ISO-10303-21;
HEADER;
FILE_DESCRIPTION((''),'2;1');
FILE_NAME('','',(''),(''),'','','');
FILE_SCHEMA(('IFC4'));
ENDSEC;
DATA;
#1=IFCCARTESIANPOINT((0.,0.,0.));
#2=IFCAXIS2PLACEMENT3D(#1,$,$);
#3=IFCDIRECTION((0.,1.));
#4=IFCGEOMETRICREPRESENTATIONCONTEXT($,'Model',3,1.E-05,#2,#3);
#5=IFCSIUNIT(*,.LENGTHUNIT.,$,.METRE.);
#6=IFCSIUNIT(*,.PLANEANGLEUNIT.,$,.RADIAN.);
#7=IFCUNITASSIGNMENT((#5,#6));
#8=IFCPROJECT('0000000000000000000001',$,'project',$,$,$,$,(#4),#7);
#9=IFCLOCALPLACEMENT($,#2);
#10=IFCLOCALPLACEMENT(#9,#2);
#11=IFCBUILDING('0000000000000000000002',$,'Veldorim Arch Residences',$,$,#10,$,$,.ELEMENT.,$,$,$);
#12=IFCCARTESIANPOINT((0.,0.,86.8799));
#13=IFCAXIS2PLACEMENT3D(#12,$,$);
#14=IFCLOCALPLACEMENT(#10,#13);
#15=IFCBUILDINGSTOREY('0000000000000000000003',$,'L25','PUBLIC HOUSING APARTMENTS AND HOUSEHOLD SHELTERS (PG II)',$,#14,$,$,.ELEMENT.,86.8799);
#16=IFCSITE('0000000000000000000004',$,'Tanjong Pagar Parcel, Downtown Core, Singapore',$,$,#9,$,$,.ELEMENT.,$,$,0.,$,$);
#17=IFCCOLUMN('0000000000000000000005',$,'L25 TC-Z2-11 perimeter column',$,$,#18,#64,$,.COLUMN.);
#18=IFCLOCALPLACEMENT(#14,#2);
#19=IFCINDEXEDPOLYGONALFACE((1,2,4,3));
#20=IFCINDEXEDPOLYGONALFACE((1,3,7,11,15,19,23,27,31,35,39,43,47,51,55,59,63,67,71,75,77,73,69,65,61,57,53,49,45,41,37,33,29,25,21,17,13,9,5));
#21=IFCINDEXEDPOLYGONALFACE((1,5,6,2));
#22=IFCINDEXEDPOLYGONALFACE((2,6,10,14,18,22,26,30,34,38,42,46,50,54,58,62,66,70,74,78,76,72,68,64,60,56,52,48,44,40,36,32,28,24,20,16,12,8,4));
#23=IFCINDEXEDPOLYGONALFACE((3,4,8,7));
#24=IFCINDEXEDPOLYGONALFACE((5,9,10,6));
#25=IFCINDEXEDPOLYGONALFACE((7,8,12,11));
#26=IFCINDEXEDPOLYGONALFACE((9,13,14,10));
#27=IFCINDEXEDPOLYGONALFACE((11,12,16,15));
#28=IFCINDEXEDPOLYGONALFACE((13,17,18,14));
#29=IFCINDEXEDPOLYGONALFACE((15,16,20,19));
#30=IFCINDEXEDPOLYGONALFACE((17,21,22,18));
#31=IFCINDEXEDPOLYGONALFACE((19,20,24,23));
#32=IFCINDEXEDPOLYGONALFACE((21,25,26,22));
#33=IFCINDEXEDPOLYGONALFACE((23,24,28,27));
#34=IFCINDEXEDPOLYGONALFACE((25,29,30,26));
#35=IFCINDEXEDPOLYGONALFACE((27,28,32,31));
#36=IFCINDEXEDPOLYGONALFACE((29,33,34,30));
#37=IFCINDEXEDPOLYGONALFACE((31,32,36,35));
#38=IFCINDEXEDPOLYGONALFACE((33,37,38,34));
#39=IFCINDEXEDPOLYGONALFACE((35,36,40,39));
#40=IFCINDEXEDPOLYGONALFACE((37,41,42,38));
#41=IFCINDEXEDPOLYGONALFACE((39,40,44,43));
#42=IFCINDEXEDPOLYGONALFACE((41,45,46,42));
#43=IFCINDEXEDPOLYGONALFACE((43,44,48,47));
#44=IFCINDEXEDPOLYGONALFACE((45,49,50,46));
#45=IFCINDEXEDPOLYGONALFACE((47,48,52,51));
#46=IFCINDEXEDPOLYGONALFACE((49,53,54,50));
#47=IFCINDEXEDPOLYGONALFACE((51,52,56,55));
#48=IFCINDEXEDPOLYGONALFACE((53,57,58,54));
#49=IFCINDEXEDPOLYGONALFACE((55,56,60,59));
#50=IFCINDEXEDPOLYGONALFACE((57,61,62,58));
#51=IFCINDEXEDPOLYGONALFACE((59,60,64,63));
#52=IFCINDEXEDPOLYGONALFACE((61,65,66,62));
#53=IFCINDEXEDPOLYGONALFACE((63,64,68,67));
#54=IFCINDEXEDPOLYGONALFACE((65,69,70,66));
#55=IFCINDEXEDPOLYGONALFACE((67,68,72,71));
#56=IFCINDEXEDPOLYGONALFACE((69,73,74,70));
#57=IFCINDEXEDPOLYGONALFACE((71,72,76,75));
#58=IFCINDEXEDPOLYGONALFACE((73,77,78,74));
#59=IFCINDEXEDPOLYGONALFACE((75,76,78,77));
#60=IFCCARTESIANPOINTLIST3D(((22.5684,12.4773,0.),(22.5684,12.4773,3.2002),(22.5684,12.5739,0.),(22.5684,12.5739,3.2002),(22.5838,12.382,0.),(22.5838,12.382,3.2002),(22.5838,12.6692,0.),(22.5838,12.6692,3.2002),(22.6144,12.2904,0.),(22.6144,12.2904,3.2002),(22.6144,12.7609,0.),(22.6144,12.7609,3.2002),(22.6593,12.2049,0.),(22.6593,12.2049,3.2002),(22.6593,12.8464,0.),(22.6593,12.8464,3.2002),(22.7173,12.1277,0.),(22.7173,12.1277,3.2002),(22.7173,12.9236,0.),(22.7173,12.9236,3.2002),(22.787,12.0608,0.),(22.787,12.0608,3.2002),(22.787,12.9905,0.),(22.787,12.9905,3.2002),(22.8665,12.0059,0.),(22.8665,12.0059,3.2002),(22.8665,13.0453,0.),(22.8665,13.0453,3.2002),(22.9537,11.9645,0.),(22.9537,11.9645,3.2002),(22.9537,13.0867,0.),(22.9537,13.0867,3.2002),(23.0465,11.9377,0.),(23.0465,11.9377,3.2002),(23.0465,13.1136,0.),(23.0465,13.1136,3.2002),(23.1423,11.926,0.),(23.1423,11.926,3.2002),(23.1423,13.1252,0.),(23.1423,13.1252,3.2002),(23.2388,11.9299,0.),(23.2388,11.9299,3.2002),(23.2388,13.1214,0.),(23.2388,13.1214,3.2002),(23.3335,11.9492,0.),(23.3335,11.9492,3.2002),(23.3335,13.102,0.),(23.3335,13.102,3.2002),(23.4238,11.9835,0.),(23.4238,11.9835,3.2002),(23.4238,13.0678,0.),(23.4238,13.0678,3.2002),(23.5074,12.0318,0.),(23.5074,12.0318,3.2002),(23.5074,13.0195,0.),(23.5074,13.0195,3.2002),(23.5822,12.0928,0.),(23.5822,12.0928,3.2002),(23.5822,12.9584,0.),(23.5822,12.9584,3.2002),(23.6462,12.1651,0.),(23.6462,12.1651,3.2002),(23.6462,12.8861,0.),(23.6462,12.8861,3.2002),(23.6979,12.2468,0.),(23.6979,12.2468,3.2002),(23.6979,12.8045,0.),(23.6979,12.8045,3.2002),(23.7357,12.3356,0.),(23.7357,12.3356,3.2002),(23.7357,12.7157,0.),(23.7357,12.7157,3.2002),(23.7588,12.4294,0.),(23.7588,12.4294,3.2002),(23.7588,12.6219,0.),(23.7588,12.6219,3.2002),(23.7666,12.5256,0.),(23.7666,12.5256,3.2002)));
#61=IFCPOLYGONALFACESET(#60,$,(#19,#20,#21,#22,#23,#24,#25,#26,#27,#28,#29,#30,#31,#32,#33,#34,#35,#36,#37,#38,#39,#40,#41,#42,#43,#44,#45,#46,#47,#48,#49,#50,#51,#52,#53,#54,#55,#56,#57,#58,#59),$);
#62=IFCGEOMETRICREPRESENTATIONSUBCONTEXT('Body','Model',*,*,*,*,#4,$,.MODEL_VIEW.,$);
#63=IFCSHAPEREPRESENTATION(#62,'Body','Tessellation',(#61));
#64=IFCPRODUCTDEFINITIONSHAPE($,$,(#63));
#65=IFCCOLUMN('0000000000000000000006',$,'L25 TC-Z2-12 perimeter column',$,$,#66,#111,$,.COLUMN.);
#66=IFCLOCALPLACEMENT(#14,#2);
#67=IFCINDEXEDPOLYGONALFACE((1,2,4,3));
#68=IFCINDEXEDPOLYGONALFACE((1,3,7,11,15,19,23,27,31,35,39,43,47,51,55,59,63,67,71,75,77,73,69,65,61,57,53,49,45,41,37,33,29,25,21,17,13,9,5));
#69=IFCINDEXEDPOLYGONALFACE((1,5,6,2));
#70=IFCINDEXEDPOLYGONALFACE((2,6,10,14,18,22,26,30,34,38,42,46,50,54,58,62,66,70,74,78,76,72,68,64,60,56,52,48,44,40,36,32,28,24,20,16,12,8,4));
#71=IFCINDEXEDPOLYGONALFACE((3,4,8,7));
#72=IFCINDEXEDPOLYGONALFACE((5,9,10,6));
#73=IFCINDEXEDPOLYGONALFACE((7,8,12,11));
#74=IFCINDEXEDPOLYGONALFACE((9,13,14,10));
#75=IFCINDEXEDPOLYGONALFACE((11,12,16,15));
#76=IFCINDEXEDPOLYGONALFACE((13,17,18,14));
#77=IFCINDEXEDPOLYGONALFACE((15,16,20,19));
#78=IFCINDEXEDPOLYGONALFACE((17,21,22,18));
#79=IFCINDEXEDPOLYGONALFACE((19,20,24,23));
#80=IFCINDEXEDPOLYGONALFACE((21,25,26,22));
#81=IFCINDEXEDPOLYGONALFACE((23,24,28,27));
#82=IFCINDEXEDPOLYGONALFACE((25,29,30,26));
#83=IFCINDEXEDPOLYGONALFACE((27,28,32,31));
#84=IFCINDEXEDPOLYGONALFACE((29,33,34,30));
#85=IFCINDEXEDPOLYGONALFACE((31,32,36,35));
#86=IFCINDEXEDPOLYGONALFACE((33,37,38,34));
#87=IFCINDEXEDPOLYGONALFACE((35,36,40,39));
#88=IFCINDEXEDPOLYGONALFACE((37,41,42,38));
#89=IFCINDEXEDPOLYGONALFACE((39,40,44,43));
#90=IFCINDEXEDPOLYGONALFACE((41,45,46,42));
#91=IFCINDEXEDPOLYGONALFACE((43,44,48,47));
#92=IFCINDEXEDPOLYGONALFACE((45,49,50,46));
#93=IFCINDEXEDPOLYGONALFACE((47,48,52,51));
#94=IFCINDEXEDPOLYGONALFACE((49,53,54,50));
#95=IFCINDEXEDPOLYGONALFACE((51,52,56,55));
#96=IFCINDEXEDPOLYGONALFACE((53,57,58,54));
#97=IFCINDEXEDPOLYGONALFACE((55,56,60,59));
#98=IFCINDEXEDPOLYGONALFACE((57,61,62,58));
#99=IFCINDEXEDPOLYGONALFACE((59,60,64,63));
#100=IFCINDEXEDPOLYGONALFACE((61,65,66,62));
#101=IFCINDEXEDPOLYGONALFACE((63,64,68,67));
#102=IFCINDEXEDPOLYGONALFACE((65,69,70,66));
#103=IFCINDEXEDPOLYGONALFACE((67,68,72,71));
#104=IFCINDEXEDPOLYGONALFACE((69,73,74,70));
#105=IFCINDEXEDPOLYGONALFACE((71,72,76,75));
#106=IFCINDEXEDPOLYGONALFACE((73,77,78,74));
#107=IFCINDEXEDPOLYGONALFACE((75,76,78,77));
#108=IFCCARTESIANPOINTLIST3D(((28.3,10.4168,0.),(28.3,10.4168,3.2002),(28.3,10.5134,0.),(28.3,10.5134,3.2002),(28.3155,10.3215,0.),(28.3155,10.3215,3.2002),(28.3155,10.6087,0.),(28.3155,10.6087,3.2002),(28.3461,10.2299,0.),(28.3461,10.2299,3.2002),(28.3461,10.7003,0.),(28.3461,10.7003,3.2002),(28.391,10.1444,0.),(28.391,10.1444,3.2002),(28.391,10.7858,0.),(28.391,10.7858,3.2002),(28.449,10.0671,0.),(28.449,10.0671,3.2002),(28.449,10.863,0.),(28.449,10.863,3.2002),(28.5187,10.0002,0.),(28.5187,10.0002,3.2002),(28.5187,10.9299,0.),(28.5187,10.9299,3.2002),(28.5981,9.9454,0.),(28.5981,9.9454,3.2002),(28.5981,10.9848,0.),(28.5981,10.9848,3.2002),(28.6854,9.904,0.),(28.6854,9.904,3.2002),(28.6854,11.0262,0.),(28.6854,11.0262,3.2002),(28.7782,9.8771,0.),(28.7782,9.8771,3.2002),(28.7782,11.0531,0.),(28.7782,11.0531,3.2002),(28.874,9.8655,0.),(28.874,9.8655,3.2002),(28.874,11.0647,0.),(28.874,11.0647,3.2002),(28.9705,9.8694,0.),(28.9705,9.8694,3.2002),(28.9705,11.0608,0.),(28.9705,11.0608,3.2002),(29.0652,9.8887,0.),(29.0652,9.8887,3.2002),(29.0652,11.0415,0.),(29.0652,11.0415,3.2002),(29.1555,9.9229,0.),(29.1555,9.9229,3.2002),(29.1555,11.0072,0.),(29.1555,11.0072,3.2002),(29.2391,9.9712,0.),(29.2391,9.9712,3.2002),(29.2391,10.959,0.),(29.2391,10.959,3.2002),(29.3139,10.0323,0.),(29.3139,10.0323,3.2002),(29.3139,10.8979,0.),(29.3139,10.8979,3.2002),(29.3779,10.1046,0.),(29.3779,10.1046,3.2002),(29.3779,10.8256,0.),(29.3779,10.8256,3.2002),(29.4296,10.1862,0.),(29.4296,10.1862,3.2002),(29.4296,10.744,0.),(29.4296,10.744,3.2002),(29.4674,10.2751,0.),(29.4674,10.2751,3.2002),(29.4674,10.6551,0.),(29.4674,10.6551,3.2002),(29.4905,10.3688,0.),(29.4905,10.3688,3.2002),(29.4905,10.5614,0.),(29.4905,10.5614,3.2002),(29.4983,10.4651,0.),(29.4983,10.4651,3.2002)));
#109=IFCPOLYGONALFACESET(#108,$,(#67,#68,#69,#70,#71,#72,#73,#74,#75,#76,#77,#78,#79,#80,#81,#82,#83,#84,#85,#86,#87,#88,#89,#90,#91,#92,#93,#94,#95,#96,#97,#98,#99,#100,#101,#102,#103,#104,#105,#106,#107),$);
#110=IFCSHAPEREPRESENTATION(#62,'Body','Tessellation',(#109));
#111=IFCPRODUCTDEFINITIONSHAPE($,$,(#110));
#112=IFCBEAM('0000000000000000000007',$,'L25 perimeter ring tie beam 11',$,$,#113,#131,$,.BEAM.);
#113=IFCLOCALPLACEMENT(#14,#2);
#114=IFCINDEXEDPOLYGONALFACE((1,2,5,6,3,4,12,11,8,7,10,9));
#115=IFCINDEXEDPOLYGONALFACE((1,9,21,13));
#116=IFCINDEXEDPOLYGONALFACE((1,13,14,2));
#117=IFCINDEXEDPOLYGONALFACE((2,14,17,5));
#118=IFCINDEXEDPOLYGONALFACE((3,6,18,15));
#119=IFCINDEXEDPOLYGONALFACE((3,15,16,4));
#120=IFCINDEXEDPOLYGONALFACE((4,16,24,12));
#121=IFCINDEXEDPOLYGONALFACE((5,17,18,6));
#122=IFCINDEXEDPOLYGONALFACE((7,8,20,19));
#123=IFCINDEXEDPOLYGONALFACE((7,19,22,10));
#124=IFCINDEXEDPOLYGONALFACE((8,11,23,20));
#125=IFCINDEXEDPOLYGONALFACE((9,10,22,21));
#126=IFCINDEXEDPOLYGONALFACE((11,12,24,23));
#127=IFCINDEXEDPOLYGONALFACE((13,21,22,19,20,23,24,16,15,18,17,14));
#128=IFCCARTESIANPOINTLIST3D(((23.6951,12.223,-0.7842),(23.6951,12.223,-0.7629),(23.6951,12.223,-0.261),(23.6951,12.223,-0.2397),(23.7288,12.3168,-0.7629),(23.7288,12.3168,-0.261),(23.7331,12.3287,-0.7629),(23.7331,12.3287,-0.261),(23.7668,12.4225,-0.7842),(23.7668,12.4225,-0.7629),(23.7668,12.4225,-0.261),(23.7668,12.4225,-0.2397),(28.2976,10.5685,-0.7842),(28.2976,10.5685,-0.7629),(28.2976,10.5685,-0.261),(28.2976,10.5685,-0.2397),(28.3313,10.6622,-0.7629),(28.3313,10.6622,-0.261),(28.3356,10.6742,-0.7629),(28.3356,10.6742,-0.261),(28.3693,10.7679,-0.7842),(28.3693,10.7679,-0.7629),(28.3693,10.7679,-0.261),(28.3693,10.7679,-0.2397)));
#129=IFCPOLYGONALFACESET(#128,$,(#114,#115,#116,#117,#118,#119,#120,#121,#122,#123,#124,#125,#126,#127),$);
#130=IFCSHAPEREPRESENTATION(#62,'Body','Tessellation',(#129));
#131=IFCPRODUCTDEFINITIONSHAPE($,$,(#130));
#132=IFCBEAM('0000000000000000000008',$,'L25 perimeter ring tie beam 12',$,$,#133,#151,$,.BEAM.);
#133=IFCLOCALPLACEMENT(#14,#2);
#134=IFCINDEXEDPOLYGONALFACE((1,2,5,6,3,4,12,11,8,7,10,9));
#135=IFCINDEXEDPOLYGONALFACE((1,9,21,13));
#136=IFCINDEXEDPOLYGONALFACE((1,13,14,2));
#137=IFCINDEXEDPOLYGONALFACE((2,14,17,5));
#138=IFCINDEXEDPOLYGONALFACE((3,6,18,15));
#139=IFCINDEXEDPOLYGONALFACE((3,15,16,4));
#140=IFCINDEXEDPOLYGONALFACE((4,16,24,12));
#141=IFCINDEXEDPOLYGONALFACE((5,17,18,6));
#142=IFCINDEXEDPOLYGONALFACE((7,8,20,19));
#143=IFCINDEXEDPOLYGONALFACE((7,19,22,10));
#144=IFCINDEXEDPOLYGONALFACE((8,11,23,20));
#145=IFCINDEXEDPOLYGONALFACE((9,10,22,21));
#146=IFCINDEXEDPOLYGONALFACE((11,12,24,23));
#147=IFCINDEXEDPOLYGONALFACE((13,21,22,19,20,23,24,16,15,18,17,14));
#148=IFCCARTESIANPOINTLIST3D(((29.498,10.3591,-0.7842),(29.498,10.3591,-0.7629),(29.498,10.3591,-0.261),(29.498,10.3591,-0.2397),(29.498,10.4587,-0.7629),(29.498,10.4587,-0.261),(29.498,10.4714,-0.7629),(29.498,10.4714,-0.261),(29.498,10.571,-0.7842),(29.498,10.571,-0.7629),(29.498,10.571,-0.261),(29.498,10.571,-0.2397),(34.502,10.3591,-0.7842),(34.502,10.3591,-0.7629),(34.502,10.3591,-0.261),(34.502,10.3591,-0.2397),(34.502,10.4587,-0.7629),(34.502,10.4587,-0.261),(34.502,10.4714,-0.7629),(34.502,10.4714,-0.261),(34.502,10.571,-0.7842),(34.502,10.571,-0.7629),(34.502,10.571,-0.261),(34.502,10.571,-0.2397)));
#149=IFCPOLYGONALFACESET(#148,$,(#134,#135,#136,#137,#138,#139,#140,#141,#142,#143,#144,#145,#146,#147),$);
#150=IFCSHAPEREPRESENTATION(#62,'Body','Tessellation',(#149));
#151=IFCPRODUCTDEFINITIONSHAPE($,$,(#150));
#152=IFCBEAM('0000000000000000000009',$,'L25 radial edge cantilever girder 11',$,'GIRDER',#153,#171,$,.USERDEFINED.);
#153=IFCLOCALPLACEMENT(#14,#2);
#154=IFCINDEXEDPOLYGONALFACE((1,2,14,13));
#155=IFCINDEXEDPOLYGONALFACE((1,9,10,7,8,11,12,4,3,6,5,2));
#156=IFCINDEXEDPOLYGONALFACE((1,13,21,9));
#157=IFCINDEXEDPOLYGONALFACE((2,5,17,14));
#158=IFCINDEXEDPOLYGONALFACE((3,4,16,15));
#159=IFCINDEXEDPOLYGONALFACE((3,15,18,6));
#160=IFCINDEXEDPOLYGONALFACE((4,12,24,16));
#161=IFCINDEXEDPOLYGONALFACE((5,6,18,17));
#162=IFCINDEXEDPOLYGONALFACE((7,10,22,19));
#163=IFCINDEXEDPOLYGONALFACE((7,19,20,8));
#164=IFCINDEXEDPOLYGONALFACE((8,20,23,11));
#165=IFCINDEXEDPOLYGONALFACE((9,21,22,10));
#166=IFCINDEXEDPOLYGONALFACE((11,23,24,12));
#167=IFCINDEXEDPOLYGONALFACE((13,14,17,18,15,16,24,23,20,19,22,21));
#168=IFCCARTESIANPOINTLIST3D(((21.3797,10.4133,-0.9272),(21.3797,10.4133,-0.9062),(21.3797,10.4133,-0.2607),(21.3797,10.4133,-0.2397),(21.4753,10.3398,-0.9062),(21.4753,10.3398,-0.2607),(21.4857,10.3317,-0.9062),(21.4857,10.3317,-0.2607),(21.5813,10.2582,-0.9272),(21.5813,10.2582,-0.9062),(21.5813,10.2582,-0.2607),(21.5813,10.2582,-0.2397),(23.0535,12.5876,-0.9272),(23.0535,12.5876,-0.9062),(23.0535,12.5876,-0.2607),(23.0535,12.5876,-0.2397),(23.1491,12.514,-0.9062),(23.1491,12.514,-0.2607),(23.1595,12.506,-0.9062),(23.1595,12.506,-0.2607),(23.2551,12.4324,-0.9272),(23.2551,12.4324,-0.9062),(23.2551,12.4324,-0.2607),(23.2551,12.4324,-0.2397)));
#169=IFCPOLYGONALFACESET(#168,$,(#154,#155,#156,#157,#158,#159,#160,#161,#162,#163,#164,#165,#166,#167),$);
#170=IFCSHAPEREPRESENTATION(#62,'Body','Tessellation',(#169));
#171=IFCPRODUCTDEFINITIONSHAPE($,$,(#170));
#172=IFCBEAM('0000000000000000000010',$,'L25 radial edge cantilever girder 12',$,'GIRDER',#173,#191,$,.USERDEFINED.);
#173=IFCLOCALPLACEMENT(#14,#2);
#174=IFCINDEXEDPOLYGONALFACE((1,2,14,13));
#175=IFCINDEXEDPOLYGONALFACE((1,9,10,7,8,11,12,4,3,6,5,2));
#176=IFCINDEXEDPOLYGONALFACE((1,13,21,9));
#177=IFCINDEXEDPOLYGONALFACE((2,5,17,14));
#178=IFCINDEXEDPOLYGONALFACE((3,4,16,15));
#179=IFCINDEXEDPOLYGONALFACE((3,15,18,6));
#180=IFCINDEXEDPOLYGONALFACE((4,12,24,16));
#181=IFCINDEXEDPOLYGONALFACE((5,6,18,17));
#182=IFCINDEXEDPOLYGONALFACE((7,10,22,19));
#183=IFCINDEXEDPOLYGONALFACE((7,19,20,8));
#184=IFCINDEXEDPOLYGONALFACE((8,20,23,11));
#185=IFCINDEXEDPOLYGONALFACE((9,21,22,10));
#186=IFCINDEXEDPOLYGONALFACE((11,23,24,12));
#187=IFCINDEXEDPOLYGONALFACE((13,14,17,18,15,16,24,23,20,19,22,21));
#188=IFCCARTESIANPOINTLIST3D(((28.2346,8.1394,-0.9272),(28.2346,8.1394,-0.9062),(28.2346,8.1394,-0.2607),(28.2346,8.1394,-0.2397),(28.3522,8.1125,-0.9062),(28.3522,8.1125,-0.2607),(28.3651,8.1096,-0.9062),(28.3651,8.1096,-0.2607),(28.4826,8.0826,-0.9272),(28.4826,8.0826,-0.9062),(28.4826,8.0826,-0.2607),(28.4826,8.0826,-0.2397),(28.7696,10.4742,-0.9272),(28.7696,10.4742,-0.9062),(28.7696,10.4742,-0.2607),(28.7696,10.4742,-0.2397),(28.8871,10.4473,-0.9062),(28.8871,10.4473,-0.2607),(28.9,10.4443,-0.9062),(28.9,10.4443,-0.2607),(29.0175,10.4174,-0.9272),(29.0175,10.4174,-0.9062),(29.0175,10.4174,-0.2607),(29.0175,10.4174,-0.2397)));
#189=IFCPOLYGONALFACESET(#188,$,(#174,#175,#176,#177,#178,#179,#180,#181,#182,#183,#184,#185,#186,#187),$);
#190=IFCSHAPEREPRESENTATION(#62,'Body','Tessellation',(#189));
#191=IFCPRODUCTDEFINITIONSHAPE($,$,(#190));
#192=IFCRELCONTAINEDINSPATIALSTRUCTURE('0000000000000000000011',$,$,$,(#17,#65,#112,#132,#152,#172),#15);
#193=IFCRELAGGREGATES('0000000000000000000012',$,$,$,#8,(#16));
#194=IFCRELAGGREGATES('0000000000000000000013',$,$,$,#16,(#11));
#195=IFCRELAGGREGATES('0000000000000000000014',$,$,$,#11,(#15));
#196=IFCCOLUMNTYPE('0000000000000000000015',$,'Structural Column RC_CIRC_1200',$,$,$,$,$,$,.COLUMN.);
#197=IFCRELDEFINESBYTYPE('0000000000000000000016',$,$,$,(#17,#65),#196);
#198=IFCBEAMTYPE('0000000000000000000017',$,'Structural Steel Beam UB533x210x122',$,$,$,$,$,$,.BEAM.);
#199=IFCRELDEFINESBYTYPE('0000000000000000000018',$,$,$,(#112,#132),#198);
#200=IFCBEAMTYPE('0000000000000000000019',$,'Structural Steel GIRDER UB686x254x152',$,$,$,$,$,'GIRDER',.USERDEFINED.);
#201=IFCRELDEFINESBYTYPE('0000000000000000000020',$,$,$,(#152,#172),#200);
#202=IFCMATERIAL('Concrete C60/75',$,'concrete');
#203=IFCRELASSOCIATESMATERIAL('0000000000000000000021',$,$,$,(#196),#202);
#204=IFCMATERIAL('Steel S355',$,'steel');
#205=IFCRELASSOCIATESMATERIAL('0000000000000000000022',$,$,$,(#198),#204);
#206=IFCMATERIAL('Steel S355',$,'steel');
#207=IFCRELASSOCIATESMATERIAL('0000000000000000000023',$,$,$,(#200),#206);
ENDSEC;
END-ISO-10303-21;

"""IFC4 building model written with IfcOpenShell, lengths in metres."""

from ifc_helpers import new_model, si_unit, direction, frame, origin, origin_2d, place, context, subcontext, project, spatial, circle, i_section, extrude, material, material_profile, profile_set, type_object, element, save


model = new_model("IFC4")

# Units and contexts
model_context = context("Model", 3, precision=1e-05, world=origin(), true_north=direction((0.0, 1.0)))
body_context = subcontext(model_context, "Body", "Model", "MODEL_VIEW")
ifc_project = project(units=[si_unit("LENGTHUNIT", "METRE"), si_unit("PLANEANGLEUNIT", "RADIAN")], contexts=[model_context])

# Site, building, storey
site_placement = place(None, origin())
site = spatial("IfcSite", under=ifc_project, at=site_placement, Name="Tanjong Pagar Parcel, Downtown Core, Singapore", CompositionType="ELEMENT", RefElevation=0.0)
building_placement = place(site_placement, origin())
building = spatial("IfcBuilding", under=site, at=building_placement, Name="Veldorim Arch Residences", CompositionType="ELEMENT")
storey_placement = place(building_placement, frame((0.0, 0.0, 86.8799)))
storey = spatial("IfcBuildingStorey", under=building, at=storey_placement, Name="L25", Description="PUBLIC HOUSING APARTMENTS AND HOUSEHOLD SHELTERS (PG II)", CompositionType="ELEMENT", Elevation=86.8799)

# Columns
ifc_material_1 = material(Name="Concrete C60/75", Category="concrete")
ifc_material_profile_1 = material_profile(ifc_material_1, circle(Radius=0.6001, at=origin_2d()), Name="RC_CIRC_1200")
ifc_profile_set_1 = profile_set([ifc_material_profile_1], Name="Concrete C60/75")
column_type = type_object("IfcColumnType", Name="Structural Column RC_CIRC_1200", PredefinedType="COLUMN", material=ifc_profile_set_1)
for number, where, z_axis, x_axis, name in (
    (1, (23.1665, 12.5256, 0.0), (0.0, 0.0, 1.0), (1.0, 0.0, 0.0), "L25 TC-Z2-11 perimeter column"),
    (2, (28.8982, 10.4651, 0.0), (0.0, 0.0, 1.0), (1.0, 0.0, 0.0), "L25 TC-Z2-12 perimeter column"),
):
    element("IfcColumn", number, at=place(storey_placement, frame(where, z_axis=z_axis, x_axis=x_axis)), inside=storey, type_object=column_type, Name=name, PredefinedType="COLUMN", context=body_context, shape_type="SweptSolid", body=[
        extrude(circle(Radius=0.6001, at=origin_2d()), origin(), (0.0, 0.0, 1.0), 3.2002),
    ])

# Beams
ifc_material_2 = material(Name="Steel S355", Category="steel")
ifc_material_profile_2 = material_profile(ifc_material_2, i_section(OverallWidth=0.2119, OverallDepth=0.5444, WebThickness=0.0127, FlangeThickness=0.0212, at=origin_2d()), Name="UB533x210x122")
ifc_profile_set_2 = profile_set([ifc_material_profile_2], Name="Steel S355")
beam_type_1 = type_object("IfcBeamType", Name="Structural Steel Beam UB533x210x122", PredefinedType="BEAM", material=ifc_profile_set_2)
beam_1_placement = place(storey_placement, frame((23.731, 12.3228, -0.512), z_axis=(0.941042, -0.33829, 0.0), x_axis=(0.33829, 0.941042, 0.0)))
element("IfcBeam", 3, at=beam_1_placement, inside=storey, type_object=beam_type_1, Name="L25 perimeter ring tie beam 11", PredefinedType="BEAM", context=body_context, shape_type="SweptSolid", body=[
    extrude(i_section(OverallWidth=0.2119, OverallDepth=0.5444, WebThickness=0.0127, FlangeThickness=0.0212, at=origin_2d()), origin(), (0.0, 0.0, 1.0), 4.8909),
])
beam_2_placement = place(storey_placement, frame((29.498, 10.4651, -0.512), z_axis=(1.0, 0.0, 0.0), x_axis=(0.0, 1.0, 0.0)))
element("IfcBeam", 4, at=beam_2_placement, inside=storey, type_object=beam_type_1, Name="L25 perimeter ring tie beam 12", PredefinedType="BEAM", context=body_context, shape_type="SweptSolid", body=[
    extrude(i_section(OverallWidth=0.2119, OverallDepth=0.5444, WebThickness=0.0127, FlangeThickness=0.0212, at=origin_2d()), origin(), (0.0, 0.0, 1.0), 5.0039),
])
ifc_material_3 = material(Name="Steel S355", Category="steel")
ifc_material_profile_3 = material_profile(ifc_material_3, i_section(OverallWidth=0.2544, OverallDepth=0.6875, WebThickness=0.0132, FlangeThickness=0.021, at=origin_2d()), Name="UB686x254x152")
ifc_profile_set_3 = profile_set([ifc_material_profile_3], Name="Steel S355")
beam_type_2 = type_object("IfcBeamType", Name="Structural Steel GIRDER UB686x254x152", ElementType="GIRDER", PredefinedType="USERDEFINED", material=ifc_profile_set_3)
beam_3_placement = place(storey_placement, frame((23.1543, 12.51, -0.5835), z_axis=(-0.610003, -0.792399, 0.0), x_axis=(0.792399, -0.610003, 0.0)))
element("IfcBeam", 5, at=beam_3_placement, inside=storey, type_object=beam_type_2, Name="L25 radial edge cantilever girder 11", ObjectType="GIRDER", PredefinedType="USERDEFINED", context=body_context, shape_type="SweptSolid", body=[
    extrude(i_section(OverallWidth=0.2544, OverallDepth=0.6875, WebThickness=0.0132, FlangeThickness=0.021, at=origin_2d()), origin(), (0.0, 0.0, 1.0), 2.7439),
])
beam_4_placement = place(storey_placement, frame((28.8936, 10.4458, -0.5835), z_axis=(-0.223326, -0.974744, 0.0), x_axis=(0.974744, -0.223326, 0.0)))
element("IfcBeam", 6, at=beam_4_placement, inside=storey, type_object=beam_type_2, Name="L25 radial edge cantilever girder 12", ObjectType="GIRDER", PredefinedType="USERDEFINED", context=body_context, shape_type="SweptSolid", body=[
    extrude(i_section(OverallWidth=0.2544, OverallDepth=0.6875, WebThickness=0.0132, FlangeThickness=0.021, at=origin_2d()), origin(), (0.0, 0.0, 1.0), 2.3953),
])

save(model, "model.ifc")
